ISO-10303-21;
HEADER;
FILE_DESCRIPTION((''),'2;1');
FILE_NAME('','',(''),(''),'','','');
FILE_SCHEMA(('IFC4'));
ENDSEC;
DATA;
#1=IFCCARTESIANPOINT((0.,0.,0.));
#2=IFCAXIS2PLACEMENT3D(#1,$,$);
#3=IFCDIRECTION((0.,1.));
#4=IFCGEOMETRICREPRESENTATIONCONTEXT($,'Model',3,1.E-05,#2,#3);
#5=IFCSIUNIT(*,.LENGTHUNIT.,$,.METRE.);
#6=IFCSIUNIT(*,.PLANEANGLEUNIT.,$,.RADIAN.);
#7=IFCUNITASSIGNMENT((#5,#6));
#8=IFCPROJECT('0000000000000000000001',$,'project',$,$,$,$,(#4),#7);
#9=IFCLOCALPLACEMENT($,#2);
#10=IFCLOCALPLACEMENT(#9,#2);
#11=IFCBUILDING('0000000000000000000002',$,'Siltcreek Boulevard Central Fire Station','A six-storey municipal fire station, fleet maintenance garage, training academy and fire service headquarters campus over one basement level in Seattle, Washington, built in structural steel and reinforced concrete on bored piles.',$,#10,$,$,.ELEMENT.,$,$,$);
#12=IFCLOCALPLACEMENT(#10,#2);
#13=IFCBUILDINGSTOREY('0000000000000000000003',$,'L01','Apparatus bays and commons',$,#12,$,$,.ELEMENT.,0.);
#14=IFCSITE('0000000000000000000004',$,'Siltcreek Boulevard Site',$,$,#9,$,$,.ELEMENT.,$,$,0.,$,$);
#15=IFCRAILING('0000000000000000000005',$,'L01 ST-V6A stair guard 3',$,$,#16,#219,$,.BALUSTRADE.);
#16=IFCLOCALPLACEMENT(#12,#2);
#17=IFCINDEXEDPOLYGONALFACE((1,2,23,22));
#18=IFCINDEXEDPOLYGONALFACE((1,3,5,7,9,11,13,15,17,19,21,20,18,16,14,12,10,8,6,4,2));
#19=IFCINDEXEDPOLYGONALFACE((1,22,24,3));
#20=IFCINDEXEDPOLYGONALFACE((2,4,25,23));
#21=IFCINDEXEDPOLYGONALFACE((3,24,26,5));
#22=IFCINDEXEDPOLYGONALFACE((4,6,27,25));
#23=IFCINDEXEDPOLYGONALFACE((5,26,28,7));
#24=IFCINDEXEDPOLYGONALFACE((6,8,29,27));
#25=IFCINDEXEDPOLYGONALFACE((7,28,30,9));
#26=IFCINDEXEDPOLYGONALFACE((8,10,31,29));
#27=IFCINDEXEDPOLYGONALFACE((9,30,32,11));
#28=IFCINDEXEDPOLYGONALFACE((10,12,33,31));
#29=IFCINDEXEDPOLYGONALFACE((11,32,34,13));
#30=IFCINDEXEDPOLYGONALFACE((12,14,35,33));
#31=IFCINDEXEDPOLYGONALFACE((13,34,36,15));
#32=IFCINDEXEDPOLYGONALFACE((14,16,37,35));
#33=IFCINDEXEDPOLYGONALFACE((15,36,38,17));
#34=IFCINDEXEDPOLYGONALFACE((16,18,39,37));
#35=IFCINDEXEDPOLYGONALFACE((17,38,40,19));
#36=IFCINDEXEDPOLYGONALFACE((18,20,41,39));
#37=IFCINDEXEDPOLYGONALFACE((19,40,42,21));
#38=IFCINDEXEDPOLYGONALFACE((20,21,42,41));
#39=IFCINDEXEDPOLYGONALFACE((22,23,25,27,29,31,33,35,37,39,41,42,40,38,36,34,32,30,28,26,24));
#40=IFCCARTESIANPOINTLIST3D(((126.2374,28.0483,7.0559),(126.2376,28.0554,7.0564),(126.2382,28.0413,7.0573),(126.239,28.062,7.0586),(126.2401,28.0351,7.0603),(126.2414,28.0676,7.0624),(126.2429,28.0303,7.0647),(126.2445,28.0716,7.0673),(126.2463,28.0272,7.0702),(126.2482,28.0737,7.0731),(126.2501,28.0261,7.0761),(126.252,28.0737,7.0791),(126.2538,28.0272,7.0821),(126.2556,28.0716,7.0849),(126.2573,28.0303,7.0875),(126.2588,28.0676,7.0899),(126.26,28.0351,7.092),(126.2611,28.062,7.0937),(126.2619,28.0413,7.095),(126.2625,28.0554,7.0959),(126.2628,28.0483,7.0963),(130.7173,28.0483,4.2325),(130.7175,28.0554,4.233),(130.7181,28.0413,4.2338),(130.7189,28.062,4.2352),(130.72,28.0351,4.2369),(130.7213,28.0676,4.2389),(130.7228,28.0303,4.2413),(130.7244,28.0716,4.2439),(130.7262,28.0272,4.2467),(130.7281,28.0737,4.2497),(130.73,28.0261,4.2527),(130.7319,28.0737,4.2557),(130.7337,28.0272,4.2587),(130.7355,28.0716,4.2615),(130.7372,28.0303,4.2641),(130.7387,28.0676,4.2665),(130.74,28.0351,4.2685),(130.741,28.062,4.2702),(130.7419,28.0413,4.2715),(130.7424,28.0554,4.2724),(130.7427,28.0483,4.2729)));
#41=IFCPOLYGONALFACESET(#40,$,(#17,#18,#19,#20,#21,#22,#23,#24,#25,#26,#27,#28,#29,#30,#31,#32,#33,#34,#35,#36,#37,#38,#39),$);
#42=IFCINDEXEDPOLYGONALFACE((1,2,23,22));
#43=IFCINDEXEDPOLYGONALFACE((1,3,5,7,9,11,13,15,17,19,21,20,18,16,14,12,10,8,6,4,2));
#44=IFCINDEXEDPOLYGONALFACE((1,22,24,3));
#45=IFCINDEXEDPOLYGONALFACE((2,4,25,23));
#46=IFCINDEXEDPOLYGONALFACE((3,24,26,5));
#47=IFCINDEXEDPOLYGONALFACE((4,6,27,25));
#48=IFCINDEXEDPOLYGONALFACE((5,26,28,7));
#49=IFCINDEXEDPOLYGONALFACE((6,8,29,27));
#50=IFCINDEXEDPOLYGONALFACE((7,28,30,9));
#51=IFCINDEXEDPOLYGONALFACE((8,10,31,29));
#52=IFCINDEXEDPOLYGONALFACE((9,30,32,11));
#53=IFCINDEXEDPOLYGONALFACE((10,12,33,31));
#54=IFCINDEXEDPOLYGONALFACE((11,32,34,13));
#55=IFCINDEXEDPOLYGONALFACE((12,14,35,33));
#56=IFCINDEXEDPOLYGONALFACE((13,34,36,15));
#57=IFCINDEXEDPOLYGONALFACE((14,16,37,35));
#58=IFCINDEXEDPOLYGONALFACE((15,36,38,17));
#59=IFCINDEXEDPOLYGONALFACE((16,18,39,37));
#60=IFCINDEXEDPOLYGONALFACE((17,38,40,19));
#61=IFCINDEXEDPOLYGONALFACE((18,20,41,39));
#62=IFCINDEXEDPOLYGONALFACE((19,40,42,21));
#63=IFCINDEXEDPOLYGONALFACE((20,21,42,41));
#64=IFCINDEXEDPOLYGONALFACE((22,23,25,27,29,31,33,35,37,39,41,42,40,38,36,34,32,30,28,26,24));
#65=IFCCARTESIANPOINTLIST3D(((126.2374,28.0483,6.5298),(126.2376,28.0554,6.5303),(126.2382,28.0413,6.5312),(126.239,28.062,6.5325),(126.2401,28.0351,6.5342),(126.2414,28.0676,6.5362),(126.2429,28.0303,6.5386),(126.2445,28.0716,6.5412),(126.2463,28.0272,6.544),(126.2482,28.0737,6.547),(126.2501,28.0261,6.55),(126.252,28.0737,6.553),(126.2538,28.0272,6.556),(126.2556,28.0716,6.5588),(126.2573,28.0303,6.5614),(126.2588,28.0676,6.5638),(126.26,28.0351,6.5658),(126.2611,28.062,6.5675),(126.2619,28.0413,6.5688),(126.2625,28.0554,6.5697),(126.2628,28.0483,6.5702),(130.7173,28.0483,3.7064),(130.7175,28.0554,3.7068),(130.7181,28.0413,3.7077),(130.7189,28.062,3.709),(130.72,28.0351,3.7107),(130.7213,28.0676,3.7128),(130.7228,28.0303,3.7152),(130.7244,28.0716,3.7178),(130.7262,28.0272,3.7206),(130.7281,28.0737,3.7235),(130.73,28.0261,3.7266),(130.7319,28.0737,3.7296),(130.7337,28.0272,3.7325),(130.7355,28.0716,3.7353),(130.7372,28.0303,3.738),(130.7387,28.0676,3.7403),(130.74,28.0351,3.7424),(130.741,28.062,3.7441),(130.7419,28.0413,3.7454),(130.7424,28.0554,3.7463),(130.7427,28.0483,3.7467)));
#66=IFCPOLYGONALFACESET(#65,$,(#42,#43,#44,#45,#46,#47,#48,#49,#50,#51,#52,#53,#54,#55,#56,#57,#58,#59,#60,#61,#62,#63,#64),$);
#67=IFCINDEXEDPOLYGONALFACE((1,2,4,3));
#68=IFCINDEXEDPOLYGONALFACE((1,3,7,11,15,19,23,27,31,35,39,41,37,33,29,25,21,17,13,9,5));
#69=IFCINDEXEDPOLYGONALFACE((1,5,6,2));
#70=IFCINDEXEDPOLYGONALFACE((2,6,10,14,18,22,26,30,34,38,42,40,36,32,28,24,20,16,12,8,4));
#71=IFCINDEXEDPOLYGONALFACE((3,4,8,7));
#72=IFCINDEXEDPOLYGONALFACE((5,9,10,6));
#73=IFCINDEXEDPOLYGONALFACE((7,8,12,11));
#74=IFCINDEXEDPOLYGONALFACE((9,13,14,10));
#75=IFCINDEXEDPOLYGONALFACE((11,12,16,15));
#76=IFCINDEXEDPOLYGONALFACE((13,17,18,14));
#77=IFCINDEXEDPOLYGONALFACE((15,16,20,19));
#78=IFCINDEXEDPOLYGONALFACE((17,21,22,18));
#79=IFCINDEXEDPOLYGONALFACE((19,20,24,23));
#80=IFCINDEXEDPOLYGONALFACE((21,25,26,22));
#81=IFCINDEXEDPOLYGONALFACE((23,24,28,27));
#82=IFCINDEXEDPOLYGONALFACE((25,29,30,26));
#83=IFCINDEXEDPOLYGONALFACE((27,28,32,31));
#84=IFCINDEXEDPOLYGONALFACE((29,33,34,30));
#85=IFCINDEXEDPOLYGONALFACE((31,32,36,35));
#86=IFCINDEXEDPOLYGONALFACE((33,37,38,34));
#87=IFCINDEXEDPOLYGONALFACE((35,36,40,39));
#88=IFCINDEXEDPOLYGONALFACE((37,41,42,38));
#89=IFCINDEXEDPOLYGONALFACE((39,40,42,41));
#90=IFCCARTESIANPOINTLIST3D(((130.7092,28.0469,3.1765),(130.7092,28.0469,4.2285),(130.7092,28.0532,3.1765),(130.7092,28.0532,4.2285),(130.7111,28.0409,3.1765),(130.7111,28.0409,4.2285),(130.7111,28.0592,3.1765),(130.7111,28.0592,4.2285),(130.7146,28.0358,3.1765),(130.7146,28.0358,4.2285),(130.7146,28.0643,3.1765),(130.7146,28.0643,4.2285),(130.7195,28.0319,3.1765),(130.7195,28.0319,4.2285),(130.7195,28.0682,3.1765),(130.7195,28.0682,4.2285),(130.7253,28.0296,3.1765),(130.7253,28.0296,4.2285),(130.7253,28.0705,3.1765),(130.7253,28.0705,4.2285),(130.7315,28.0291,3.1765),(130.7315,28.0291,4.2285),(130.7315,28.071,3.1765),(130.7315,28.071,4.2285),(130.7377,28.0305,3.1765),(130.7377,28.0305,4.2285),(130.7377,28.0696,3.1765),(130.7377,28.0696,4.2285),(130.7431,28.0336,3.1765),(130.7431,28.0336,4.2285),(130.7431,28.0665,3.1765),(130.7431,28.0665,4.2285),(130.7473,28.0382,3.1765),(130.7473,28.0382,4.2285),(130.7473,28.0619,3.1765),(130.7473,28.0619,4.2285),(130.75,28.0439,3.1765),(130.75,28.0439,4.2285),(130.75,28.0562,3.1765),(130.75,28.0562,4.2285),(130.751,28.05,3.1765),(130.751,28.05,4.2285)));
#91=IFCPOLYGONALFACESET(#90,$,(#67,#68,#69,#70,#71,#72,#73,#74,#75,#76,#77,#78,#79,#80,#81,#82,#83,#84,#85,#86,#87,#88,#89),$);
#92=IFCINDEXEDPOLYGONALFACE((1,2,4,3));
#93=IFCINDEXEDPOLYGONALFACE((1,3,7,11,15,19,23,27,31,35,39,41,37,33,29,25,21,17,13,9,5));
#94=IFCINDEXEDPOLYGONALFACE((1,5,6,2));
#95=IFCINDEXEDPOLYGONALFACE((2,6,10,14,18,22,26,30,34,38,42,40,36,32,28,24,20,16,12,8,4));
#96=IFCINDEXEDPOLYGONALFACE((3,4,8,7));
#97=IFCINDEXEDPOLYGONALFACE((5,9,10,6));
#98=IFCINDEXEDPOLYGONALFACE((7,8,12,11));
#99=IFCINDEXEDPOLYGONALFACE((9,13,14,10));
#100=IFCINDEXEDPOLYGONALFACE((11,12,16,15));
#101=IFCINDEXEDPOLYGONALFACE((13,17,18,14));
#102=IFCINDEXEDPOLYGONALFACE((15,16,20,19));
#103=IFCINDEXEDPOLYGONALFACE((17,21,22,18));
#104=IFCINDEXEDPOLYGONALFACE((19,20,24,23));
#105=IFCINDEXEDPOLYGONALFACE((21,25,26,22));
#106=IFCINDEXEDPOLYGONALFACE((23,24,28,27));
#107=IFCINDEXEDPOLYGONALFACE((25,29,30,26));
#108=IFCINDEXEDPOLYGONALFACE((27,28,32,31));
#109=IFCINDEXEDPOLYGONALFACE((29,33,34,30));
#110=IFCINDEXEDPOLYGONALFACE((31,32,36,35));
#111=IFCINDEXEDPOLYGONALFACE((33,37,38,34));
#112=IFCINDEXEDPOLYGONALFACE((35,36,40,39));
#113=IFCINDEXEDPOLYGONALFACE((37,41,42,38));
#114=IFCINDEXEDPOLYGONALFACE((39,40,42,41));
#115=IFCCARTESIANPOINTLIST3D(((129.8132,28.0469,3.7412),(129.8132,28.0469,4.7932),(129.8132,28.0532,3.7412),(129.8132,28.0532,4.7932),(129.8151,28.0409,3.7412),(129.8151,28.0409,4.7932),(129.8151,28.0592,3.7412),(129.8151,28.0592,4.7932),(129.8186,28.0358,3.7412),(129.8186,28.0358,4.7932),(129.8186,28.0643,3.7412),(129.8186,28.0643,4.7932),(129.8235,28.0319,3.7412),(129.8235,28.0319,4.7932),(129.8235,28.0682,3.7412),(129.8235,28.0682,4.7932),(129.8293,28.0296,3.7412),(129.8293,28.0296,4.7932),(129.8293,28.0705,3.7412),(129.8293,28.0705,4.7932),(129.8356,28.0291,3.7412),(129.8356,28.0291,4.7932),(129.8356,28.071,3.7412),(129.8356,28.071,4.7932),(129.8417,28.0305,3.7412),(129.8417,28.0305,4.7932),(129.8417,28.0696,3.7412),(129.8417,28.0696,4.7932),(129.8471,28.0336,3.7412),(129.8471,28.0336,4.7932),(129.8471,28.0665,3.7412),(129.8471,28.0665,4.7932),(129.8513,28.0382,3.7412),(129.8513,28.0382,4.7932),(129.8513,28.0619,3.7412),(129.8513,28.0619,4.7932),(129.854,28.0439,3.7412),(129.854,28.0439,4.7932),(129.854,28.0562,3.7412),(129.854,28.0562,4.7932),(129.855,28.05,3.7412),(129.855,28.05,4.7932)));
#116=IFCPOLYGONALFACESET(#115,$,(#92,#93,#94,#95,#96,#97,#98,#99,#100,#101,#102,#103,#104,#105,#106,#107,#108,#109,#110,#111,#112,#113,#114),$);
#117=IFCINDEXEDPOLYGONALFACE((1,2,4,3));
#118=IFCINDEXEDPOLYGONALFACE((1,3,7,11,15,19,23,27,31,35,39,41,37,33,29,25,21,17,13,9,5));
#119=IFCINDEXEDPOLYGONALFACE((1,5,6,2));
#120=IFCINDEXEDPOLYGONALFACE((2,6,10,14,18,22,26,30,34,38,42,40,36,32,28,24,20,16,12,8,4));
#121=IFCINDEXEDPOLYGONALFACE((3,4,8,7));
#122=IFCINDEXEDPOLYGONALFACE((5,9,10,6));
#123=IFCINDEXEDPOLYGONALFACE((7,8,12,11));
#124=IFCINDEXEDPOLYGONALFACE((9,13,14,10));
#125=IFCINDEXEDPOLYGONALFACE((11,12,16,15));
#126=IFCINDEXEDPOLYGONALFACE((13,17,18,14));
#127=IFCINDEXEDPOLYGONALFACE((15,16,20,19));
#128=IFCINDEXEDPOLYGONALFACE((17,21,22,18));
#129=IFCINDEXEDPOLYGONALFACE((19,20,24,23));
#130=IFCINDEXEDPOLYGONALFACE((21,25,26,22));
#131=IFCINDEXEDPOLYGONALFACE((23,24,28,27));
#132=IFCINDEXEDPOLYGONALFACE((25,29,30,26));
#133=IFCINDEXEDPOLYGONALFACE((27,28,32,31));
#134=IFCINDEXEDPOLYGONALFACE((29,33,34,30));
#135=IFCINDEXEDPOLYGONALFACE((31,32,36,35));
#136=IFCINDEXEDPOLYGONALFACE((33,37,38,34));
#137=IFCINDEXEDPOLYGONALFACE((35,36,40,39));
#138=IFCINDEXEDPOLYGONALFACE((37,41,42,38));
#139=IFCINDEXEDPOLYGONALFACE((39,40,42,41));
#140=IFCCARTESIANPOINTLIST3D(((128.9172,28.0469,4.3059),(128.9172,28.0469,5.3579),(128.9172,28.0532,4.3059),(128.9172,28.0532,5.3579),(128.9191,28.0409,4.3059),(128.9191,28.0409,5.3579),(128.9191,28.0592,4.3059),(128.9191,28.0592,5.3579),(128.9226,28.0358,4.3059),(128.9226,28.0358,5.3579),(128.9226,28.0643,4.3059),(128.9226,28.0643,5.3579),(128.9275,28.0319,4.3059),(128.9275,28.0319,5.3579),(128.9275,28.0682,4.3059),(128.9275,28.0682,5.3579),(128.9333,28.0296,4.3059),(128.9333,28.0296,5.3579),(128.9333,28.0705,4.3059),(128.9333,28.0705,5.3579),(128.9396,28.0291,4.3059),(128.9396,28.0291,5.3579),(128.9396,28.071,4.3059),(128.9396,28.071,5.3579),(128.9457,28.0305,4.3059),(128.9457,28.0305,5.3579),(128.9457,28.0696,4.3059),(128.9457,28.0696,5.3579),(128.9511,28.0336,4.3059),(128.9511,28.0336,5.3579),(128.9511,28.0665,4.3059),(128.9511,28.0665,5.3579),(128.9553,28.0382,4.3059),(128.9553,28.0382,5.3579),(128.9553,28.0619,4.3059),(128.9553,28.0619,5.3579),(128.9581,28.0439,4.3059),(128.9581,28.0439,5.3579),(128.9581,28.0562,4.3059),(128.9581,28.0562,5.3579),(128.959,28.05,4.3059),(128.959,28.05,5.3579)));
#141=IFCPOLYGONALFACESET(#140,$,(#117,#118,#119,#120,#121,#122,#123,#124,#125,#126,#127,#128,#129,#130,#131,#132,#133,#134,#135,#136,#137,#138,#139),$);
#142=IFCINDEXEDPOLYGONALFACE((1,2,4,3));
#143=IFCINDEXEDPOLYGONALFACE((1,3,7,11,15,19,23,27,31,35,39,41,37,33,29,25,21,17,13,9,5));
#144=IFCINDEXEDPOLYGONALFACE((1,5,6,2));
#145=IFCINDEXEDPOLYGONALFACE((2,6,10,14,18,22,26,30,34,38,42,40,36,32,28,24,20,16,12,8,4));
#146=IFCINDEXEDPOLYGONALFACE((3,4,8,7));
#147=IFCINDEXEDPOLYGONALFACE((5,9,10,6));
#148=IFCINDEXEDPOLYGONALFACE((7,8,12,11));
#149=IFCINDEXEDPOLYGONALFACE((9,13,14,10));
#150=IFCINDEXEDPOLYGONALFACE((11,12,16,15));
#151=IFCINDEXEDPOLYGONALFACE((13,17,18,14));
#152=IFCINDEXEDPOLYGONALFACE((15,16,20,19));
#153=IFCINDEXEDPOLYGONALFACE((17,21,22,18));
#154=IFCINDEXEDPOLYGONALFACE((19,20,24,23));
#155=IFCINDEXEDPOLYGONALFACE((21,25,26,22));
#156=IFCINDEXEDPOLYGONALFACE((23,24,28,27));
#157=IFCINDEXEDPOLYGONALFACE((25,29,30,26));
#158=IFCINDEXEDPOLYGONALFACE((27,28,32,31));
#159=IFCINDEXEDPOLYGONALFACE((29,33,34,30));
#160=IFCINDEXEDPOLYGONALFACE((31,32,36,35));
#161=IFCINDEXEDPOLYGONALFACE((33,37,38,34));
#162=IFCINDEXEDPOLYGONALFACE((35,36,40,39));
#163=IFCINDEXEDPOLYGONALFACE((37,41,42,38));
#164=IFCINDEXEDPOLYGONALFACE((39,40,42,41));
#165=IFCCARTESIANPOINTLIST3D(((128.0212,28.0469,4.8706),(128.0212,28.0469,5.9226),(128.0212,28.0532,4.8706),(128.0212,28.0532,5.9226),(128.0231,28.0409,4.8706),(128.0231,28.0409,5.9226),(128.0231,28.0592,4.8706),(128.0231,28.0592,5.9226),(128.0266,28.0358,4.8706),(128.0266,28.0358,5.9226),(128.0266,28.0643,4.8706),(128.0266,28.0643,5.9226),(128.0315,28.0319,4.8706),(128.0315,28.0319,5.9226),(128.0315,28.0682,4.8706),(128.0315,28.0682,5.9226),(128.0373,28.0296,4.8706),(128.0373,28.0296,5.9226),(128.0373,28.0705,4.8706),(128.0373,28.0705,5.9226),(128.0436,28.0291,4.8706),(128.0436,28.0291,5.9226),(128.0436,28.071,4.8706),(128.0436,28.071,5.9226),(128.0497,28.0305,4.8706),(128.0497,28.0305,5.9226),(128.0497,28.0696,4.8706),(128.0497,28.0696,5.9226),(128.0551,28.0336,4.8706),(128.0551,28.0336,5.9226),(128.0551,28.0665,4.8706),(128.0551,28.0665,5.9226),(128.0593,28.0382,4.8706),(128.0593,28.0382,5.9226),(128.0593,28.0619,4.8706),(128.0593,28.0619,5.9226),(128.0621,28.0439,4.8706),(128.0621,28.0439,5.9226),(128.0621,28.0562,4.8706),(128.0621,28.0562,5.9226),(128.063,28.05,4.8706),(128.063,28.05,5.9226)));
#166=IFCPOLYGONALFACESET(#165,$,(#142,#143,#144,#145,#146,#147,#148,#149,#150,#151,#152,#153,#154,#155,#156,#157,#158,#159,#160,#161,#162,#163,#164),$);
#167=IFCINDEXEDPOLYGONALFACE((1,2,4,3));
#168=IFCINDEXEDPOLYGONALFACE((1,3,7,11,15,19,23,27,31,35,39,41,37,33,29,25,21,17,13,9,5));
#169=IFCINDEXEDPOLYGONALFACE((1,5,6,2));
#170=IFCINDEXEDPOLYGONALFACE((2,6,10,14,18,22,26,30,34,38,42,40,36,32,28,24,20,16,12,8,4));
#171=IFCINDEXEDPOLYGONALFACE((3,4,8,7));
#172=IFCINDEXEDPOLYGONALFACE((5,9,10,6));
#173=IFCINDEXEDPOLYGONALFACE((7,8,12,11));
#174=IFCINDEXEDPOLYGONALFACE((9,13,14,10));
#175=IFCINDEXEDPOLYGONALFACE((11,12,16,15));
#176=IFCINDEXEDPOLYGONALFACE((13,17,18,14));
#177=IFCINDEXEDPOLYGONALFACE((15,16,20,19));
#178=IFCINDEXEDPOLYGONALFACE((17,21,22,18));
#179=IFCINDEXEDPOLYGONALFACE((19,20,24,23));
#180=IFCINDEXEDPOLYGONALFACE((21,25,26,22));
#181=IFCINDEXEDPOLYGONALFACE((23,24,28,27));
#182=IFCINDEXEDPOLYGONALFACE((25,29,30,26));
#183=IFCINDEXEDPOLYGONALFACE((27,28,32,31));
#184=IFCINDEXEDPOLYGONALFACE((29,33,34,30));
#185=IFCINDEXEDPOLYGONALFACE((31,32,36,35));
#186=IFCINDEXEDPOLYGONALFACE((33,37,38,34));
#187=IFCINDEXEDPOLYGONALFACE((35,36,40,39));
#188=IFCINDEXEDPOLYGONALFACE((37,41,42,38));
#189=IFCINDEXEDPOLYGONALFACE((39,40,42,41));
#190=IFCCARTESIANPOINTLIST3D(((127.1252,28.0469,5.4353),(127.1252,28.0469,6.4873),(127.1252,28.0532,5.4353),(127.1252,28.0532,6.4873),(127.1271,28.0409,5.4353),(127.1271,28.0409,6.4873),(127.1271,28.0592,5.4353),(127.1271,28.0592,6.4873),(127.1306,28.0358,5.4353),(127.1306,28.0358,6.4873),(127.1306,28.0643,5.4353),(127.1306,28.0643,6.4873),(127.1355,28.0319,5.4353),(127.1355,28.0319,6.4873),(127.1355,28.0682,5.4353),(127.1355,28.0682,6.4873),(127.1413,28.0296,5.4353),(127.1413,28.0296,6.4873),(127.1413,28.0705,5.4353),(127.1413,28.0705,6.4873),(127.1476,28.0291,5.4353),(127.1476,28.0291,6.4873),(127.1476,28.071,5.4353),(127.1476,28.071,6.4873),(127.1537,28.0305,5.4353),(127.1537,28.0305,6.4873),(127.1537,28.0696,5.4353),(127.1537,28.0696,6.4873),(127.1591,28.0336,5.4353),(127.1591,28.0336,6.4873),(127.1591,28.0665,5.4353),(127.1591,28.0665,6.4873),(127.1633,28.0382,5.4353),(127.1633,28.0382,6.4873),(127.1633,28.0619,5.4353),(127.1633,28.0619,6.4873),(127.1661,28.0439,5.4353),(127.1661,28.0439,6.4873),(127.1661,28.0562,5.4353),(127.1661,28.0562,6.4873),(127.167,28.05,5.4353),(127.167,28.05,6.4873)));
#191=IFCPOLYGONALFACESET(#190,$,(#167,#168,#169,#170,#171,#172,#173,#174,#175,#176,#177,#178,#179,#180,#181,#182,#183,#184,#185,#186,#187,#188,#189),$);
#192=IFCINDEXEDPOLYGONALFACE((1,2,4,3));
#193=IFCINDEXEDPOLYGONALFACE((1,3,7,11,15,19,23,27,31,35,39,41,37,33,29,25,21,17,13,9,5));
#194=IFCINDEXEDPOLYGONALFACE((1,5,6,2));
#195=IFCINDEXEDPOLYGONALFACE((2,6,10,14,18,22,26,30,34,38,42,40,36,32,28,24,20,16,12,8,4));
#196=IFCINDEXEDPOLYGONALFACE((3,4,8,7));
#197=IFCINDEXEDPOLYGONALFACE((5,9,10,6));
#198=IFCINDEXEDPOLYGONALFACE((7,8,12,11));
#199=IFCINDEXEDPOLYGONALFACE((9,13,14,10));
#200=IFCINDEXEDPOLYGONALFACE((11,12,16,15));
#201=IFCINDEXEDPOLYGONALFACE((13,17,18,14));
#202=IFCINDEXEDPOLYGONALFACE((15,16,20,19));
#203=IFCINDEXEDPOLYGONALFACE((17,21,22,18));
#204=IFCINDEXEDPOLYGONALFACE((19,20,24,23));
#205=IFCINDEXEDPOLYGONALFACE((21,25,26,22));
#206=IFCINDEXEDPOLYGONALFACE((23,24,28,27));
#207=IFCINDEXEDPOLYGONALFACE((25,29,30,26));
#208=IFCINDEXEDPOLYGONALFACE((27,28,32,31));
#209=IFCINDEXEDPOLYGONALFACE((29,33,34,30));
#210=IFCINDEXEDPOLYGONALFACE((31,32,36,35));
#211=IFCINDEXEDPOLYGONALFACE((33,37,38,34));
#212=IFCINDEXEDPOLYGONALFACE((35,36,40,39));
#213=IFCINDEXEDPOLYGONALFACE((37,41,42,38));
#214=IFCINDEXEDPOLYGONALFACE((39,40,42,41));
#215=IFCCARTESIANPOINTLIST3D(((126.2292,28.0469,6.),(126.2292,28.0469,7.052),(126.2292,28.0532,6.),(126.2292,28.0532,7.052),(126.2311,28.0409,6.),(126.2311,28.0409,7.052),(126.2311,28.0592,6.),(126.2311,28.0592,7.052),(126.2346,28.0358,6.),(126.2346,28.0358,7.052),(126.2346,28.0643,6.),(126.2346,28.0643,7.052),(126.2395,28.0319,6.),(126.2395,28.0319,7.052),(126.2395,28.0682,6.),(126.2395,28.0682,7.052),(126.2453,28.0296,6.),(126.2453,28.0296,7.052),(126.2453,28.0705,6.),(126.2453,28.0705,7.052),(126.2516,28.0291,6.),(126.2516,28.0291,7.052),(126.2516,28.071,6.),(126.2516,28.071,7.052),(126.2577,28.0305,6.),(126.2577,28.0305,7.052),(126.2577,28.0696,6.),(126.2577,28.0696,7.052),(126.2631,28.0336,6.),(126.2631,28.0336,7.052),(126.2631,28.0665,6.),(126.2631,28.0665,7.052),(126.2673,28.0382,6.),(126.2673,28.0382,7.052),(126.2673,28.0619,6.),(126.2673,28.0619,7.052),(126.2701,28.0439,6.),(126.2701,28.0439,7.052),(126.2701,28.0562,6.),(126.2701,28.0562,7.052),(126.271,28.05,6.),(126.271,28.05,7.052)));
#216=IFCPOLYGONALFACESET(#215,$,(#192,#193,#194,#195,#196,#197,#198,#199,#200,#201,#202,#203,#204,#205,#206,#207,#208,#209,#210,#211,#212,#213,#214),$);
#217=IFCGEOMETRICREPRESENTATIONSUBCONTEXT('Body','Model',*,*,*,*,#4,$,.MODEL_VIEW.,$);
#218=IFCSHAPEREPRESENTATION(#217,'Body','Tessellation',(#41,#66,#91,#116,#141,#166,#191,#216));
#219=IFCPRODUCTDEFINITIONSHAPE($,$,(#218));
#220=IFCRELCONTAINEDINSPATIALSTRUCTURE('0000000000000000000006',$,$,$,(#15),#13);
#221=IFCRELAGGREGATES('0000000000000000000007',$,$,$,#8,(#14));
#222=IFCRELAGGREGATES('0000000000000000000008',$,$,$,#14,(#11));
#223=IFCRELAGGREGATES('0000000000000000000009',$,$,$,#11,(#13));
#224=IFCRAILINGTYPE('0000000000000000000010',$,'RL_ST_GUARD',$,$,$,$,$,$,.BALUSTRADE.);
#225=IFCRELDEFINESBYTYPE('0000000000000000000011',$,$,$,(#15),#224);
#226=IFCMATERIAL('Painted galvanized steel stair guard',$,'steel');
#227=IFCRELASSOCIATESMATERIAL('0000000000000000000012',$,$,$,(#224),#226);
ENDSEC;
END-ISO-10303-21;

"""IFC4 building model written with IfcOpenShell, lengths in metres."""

from ifc_helpers import new_model, si_unit, direction, frame, origin, origin_2d, place, context, subcontext, project, spatial, circle, extrude, material, type_object, element, save


model = new_model("IFC4")

# Units and contexts
model_context = context("Model", 3, precision=1e-05, world=origin(), true_north=direction((0.0, 1.0)))
body_context = subcontext(model_context, "Body", "Model", "MODEL_VIEW")
ifc_project = project(units=[si_unit("LENGTHUNIT", "METRE"), si_unit("PLANEANGLEUNIT", "RADIAN")], contexts=[model_context])

# Site, building, storey
site_placement = place(None, origin())
site = spatial("IfcSite", under=ifc_project, at=site_placement, Name="Siltcreek Boulevard Site", CompositionType="ELEMENT", RefElevation=0.0)
building_placement = place(site_placement, origin())
building = spatial("IfcBuilding", under=site, at=building_placement, Name="Siltcreek Boulevard Central Fire Station", Description="A six-storey municipal fire station, fleet maintenance garage, training academy and fire service headquarters campus over one basement level in Seattle, Washington, built in structural steel and reinforced concrete on bored piles.", CompositionType="ELEMENT")
storey_placement = place(building_placement, origin())
storey = spatial("IfcBuildingStorey", under=building, at=storey_placement, Name="L01", Description="Apparatus bays and commons", CompositionType="ELEMENT", Elevation=0.0)

# Railing
ifc_material_1 = material(Name="Painted galvanized steel stair guard", Category="steel")
railing_type_1 = type_object("IfcRailingType", Name="RL_ST_GUARD", PredefinedType="BALUSTRADE", material=ifc_material_1)
railing_1_placement = place(storey_placement, frame((130.73, 28.05, 3.1765)))
element("IfcRailing", 1, at=railing_1_placement, inside=storey, type_object=railing_type_1, Name="L01 ST-V6A stair guard 3", PredefinedType="BALUSTRADE", context=body_context, shape_type="SweptSolid", body=[
    extrude(circle(Radius=0.0239, at=origin_2d()), frame((0.0, 0.0, 1.0762), z_axis=(-0.845998, 0.0, 0.533186), x_axis=(0.0, -1.0, 0.0)), (0.0, 0.0, 1.0), 5.2954),
    extrude(circle(Radius=0.0239, at=origin_2d()), frame((0.0, 0.0, 0.55), z_axis=(-0.845998, 0.0, 0.533186), x_axis=(0.0, -1.0, 0.0)), (0.0, 0.0, 1.0), 5.2954),
    extrude(circle(Radius=0.021, at=origin_2d()), origin(), (0.0, 0.0, 1.0), 1.052),
    extrude(circle(Radius=0.021, at=origin_2d()), frame((-0.896, 0.0, 0.5647)), (0.0, 0.0, 1.0), 1.052),
    extrude(circle(Radius=0.021, at=origin_2d()), frame((-1.792, 0.0, 1.1294)), (0.0, 0.0, 1.0), 1.052),
    extrude(circle(Radius=0.021, at=origin_2d()), frame((-2.688, 0.0, 1.6941)), (0.0, 0.0, 1.0), 1.052),
    extrude(circle(Radius=0.021, at=origin_2d()), frame((-3.584, 0.0, 2.2588)), (0.0, 0.0, 1.0), 1.052),
    extrude(circle(Radius=0.021, at=origin_2d()), frame((-4.48, 0.0, 2.8235)), (0.0, 0.0, 1.0), 1.052),
])

save(model, "model.ifc")
